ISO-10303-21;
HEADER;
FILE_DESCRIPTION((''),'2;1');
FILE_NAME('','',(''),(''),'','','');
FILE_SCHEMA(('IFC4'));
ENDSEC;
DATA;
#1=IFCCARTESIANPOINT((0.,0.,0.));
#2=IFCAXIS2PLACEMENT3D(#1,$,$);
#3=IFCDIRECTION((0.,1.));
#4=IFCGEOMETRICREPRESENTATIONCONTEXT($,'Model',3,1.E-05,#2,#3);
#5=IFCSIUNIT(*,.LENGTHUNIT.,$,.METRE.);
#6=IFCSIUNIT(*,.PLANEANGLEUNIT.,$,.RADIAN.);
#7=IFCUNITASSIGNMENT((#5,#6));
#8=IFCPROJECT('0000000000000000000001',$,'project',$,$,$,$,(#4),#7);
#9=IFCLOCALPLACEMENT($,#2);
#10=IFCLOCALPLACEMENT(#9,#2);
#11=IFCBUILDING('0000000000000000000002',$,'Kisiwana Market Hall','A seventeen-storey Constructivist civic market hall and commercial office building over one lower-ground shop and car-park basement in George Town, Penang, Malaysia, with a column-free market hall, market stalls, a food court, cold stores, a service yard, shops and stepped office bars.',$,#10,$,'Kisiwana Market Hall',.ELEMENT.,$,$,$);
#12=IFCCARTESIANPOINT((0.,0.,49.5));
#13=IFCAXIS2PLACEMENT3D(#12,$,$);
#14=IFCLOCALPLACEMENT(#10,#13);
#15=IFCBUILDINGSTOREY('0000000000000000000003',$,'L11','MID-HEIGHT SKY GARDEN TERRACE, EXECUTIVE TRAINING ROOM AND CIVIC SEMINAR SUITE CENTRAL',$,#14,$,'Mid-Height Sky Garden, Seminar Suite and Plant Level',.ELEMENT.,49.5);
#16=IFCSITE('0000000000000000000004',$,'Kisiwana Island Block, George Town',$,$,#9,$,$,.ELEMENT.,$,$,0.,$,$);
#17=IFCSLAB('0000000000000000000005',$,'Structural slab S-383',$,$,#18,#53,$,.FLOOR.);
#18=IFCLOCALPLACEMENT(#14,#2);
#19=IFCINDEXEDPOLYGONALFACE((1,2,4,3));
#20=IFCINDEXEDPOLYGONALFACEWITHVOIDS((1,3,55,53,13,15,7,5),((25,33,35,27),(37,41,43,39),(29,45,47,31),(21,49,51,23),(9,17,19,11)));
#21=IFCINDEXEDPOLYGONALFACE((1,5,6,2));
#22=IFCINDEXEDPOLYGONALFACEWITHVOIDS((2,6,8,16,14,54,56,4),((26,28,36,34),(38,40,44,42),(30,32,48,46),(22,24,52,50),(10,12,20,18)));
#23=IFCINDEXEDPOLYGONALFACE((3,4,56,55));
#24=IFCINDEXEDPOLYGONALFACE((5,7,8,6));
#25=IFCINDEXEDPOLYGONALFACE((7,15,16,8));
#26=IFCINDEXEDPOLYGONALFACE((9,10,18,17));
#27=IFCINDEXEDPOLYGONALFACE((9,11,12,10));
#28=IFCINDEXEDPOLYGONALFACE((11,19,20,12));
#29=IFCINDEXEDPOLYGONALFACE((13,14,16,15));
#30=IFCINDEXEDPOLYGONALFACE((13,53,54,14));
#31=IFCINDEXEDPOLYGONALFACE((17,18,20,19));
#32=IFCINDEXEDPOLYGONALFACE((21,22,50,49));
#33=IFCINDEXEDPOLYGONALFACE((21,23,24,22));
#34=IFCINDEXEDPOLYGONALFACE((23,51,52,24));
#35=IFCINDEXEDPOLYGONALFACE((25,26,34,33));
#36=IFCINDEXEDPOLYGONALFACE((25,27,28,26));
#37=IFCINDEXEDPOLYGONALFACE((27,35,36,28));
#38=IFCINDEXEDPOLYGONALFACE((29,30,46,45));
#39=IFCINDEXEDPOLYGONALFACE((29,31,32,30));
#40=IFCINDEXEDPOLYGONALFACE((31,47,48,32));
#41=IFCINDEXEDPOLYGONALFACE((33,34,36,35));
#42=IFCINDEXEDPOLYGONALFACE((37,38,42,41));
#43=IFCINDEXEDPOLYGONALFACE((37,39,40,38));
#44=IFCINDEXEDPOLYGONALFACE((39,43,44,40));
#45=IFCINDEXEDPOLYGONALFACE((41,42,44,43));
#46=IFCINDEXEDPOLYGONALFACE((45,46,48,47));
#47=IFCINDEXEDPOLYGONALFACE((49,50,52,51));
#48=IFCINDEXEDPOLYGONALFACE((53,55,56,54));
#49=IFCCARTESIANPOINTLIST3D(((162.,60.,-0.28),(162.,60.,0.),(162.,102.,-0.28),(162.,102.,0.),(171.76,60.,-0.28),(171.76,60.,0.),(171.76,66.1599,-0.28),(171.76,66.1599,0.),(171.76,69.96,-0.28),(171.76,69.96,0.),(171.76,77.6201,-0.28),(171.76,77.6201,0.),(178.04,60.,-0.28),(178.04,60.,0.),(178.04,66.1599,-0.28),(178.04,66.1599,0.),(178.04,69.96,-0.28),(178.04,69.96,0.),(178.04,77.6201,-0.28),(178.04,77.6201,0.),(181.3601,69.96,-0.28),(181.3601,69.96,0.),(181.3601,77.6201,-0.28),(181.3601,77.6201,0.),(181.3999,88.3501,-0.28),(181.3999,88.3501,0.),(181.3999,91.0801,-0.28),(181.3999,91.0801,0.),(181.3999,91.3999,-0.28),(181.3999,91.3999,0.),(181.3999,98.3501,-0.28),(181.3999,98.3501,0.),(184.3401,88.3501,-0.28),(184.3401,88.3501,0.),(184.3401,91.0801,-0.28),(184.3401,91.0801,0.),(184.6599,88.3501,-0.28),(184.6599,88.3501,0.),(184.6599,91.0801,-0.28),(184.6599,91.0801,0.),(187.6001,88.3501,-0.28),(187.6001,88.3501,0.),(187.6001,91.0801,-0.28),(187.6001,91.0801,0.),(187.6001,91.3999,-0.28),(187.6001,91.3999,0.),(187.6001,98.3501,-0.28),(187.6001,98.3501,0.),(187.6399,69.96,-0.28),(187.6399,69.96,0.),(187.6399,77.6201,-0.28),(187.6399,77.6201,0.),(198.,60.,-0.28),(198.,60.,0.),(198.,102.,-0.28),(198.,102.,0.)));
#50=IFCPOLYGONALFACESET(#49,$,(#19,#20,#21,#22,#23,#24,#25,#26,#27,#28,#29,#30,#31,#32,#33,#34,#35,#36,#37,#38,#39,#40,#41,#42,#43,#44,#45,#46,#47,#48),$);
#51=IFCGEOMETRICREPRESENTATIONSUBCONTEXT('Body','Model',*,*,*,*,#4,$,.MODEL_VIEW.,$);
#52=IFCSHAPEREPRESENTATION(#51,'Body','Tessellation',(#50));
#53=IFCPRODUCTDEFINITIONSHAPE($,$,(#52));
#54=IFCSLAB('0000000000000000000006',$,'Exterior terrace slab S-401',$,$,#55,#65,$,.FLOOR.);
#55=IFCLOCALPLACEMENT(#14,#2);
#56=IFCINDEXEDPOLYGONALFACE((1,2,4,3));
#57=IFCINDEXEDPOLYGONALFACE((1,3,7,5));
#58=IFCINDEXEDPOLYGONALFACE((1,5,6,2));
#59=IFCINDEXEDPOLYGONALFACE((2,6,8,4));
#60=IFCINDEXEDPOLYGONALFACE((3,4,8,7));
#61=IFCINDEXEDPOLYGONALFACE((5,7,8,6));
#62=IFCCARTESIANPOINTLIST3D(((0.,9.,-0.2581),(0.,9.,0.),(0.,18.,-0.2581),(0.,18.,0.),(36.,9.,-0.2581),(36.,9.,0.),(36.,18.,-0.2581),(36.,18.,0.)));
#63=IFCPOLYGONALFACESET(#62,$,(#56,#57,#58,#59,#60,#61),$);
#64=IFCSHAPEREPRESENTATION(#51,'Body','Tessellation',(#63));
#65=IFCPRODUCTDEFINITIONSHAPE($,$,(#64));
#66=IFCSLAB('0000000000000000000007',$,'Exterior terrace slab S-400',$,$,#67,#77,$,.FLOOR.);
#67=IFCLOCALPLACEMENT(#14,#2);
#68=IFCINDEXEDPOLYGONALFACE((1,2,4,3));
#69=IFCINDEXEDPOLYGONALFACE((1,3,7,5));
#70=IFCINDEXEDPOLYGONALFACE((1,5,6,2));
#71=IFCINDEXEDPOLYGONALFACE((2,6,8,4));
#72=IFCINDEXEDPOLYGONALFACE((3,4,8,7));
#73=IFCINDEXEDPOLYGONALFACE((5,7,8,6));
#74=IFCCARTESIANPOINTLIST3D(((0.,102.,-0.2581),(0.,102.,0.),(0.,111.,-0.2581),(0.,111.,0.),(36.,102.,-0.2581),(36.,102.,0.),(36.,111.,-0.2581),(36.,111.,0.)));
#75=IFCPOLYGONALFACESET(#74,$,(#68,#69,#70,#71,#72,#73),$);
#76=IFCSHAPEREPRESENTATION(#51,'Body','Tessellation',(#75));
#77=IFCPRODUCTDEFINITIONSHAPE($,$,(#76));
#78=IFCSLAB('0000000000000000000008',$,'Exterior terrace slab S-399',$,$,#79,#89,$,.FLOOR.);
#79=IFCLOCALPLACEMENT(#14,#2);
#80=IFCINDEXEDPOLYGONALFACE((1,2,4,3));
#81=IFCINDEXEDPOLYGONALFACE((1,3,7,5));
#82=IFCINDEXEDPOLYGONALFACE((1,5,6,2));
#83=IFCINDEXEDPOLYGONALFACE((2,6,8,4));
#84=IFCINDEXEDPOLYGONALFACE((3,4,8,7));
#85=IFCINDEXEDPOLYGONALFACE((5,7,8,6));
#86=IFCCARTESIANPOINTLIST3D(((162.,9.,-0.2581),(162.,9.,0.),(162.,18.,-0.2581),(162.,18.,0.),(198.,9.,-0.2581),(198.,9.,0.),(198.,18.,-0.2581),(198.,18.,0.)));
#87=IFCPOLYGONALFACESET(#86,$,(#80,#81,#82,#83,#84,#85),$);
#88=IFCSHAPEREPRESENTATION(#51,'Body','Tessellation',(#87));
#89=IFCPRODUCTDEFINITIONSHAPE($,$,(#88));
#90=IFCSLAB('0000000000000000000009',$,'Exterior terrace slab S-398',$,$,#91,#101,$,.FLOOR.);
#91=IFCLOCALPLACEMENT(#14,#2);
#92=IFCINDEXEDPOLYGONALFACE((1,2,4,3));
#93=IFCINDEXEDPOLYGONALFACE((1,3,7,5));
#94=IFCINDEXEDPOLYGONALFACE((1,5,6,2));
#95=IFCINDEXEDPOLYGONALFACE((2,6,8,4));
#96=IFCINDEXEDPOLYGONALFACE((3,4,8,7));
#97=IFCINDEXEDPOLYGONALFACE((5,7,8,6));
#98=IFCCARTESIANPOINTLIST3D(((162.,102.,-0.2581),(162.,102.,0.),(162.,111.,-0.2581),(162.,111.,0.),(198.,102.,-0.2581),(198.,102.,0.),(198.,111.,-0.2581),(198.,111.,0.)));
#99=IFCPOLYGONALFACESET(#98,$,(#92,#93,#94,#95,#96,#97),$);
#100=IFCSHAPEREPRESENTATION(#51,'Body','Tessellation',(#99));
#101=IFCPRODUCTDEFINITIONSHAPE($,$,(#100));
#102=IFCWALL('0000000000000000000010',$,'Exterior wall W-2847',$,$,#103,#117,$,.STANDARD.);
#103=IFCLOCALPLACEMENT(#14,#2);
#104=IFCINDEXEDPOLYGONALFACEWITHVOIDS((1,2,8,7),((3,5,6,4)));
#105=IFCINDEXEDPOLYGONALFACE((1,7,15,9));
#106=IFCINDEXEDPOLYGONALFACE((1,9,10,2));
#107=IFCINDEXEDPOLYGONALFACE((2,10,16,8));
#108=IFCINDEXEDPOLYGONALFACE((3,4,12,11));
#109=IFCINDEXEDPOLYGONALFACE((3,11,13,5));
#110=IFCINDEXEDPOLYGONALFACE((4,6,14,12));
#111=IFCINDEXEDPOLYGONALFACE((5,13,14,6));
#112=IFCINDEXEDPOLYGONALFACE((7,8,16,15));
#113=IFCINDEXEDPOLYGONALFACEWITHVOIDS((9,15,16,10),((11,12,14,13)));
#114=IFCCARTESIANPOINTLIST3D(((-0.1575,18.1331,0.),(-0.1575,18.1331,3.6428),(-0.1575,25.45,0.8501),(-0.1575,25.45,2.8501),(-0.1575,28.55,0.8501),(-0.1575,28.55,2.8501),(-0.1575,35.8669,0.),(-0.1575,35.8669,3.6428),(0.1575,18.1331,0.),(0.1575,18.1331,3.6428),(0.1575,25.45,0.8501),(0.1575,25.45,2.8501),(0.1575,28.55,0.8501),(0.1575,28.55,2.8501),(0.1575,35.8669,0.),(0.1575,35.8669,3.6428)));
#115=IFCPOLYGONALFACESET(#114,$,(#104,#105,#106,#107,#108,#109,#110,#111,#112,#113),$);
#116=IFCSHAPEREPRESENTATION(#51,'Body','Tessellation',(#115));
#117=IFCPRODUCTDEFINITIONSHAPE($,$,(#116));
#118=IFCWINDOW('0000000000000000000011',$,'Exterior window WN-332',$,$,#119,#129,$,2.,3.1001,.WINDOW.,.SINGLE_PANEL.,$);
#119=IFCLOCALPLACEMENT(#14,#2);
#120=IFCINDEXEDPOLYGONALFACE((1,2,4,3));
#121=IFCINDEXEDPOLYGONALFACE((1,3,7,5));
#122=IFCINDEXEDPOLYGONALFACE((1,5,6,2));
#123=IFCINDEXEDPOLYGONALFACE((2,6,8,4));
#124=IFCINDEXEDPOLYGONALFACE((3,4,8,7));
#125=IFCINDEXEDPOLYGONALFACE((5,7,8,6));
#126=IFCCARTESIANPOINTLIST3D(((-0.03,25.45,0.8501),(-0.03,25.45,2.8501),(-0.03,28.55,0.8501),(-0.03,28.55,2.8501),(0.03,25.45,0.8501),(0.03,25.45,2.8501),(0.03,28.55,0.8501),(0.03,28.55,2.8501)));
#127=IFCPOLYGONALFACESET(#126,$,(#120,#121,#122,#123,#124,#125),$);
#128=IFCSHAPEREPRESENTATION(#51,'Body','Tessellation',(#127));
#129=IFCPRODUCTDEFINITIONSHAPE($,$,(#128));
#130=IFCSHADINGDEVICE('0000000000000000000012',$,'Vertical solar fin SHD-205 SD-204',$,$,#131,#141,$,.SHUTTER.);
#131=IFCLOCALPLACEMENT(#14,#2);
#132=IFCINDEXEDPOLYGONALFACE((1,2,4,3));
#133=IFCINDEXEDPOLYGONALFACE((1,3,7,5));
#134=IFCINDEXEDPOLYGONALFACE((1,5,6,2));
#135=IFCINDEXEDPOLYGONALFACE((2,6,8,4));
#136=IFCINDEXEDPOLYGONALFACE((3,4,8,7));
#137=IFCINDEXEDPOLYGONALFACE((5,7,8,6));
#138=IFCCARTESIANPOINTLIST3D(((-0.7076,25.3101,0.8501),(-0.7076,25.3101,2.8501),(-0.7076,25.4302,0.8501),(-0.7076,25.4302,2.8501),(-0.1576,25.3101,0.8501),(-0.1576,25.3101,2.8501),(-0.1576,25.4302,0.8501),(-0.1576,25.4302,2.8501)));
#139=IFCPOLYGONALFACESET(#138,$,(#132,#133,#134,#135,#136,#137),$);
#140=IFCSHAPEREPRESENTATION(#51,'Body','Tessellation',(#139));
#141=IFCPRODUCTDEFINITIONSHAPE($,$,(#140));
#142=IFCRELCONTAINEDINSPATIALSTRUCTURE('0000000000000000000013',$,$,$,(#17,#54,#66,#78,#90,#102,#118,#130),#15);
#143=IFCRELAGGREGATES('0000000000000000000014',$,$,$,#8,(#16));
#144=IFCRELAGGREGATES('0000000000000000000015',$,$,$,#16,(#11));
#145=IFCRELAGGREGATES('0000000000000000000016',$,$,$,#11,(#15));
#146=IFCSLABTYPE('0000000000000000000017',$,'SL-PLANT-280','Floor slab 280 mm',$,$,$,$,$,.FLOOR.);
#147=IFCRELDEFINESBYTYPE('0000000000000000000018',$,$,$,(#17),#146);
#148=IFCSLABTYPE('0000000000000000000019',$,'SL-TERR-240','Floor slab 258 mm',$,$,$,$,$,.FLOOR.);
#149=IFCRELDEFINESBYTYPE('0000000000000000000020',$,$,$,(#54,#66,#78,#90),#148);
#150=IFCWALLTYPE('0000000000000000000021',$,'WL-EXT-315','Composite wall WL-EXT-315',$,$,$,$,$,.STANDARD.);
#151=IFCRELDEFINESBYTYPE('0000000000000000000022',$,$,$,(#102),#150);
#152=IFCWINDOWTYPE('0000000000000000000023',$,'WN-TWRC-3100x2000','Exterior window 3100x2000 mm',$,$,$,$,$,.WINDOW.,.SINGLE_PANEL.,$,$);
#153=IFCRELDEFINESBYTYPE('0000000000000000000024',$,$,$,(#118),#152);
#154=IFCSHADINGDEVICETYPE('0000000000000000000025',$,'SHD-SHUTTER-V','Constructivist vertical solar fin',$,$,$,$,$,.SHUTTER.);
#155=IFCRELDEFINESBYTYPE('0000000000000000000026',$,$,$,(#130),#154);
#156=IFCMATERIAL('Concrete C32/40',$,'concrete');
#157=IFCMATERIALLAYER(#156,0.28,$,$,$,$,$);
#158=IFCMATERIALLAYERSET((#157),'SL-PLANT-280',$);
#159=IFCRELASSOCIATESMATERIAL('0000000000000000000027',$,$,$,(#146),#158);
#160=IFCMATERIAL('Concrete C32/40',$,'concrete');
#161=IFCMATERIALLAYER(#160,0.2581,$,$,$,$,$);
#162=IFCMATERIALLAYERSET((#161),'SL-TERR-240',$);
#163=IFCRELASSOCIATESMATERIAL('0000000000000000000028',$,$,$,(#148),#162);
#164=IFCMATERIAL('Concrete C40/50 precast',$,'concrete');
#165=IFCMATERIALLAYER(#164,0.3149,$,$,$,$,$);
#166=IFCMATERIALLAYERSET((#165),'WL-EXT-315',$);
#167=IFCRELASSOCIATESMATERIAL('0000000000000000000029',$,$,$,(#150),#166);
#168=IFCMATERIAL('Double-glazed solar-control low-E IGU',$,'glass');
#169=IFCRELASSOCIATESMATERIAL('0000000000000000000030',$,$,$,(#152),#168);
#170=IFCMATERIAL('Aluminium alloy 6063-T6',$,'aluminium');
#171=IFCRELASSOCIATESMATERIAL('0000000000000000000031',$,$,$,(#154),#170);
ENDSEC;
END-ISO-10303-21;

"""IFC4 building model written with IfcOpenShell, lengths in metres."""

from ifc_helpers import new_model, si_unit, direction, frame, frame_2d, origin, origin_2d, place, context, subcontext, project, spatial, polyline, rectangle, outline, extrude, material, layer, layer_set, type_object, element, fill, save


model = new_model("IFC4")

# Units and contexts
model_context = context("Model", 3, precision=1e-05, world=origin(), true_north=direction((0.0, 1.0)))
body_context = subcontext(model_context, "Body", "Model", "MODEL_VIEW")
ifc_project = project(units=[si_unit("LENGTHUNIT", "METRE"), si_unit("PLANEANGLEUNIT", "RADIAN")], contexts=[model_context])

# Site, building, storey
site_placement = place(None, origin())
site = spatial("IfcSite", under=ifc_project, at=site_placement, Name="Kisiwana Island Block, George Town", CompositionType="ELEMENT", RefElevation=0.0)
building_placement = place(site_placement, origin())
building = spatial("IfcBuilding", under=site, at=building_placement, Name="Kisiwana Market Hall", Description="A seventeen-storey Constructivist civic market hall and commercial office building over one lower-ground shop and car-park basement in George Town, Penang, Malaysia, with a column-free market hall, market stalls, a food court, cold stores, a service yard, shops and stepped office bars.", LongName="Kisiwana Market Hall", CompositionType="ELEMENT")
storey_placement = place(building_placement, frame((0.0, 0.0, 49.5)))
storey = spatial("IfcBuildingStorey", under=building, at=storey_placement, Name="L11", Description="MID-HEIGHT SKY GARDEN TERRACE, EXECUTIVE TRAINING ROOM AND CIVIC SEMINAR SUITE CENTRAL", LongName="Mid-Height Sky Garden, Seminar Suite and Plant Level", CompositionType="ELEMENT", Elevation=49.5)

# Slabs
ifc_material_1 = material(Name="Concrete C32/40", Category="concrete")
ifc_layer_1 = layer(ifc_material_1, 0.28)
ifc_layer_set_1 = layer_set([ifc_layer_1], Name="SL-PLANT-280")
slab_type_1 = type_object("IfcSlabType", Name="SL-PLANT-280", Description="Floor slab 280 mm", PredefinedType="FLOOR", material=ifc_layer_set_1)
slab_1_placement = place(storey_placement, frame((0.0, 0.0, -0.28)))
element("IfcSlab", 1, at=slab_1_placement, inside=storey, type_object=slab_type_1, Name="Structural slab S-383", PredefinedType="FLOOR", context=body_context, shape_type="SweptSolid", body=[
    extrude(outline(polyline([(162.0, 60.0), (171.76, 60.0), (171.76, 66.1599), (178.04, 66.1599), (178.04, 60.0), (198.0, 60.0), (198.0, 102.0), (162.0, 102.0), (162.0, 60.0)]), holes=[polyline([(181.3999, 91.3999), (187.6001, 91.3999), (187.6001, 98.3501), (181.3999, 98.3501), (181.3999, 91.3999)]), polyline([(181.3999, 88.3501), (184.3401, 88.3501), (184.3401, 91.0801), (181.3999, 91.0801), (181.3999, 88.3501)]), polyline([(184.6599, 88.3501), (187.6001, 88.3501), (187.6001, 91.0801), (184.6599, 91.0801), (184.6599, 88.3501)]), polyline([(181.3601, 69.96), (187.6399, 69.96), (187.6399, 77.6201), (181.3601, 77.6201), (181.3601, 69.96)]), polyline([(171.76, 69.96), (178.04, 69.96), (178.04, 77.6201), (171.76, 77.6201), (171.76, 69.96)])]), origin(), (0.0, 0.0, 1.0), 0.28),
])
ifc_material_2 = material(Name="Concrete C32/40", Category="concrete")
ifc_layer_2 = layer(ifc_material_2, 0.2581)
ifc_layer_set_2 = layer_set([ifc_layer_2], Name="SL-TERR-240")
slab_type_2 = type_object("IfcSlabType", Name="SL-TERR-240", Description="Floor slab 258 mm", PredefinedType="FLOOR", material=ifc_layer_set_2)
slab_2_placement = place(storey_placement, frame((0.0, 0.0, -0.2581)))
element("IfcSlab", 2, at=slab_2_placement, inside=storey, type_object=slab_type_2, Name="Exterior terrace slab S-401", PredefinedType="FLOOR", context=body_context, shape_type="SweptSolid", body=[
    extrude(outline(polyline([(0.0, 9.0), (36.0, 9.0), (36.0, 18.0), (0.0, 18.0), (0.0, 9.0)])), origin(), (0.0, 0.0, 1.0), 0.2581),
])
slab_3_placement = place(storey_placement, frame((0.0, 0.0, -0.2581)))
element("IfcSlab", 3, at=slab_3_placement, inside=storey, type_object=slab_type_2, Name="Exterior terrace slab S-400", PredefinedType="FLOOR", context=body_context, shape_type="SweptSolid", body=[
    extrude(outline(polyline([(0.0, 102.0), (36.0, 102.0), (36.0, 111.0), (0.0, 111.0), (0.0, 102.0)])), origin(), (0.0, 0.0, 1.0), 0.2581),
])
slab_4_placement = place(storey_placement, frame((0.0, 0.0, -0.2581)))
element("IfcSlab", 4, at=slab_4_placement, inside=storey, type_object=slab_type_2, Name="Exterior terrace slab S-399", PredefinedType="FLOOR", context=body_context, shape_type="SweptSolid", body=[
    extrude(outline(polyline([(162.0, 9.0), (198.0, 9.0), (198.0, 18.0), (162.0, 18.0), (162.0, 9.0)])), origin(), (0.0, 0.0, 1.0), 0.2581),
])
slab_5_placement = place(storey_placement, frame((0.0, 0.0, -0.2581)))
element("IfcSlab", 5, at=slab_5_placement, inside=storey, type_object=slab_type_2, Name="Exterior terrace slab S-398", PredefinedType="FLOOR", context=body_context, shape_type="SweptSolid", body=[
    extrude(outline(polyline([(162.0, 102.0), (198.0, 102.0), (198.0, 111.0), (162.0, 111.0), (162.0, 102.0)])), origin(), (0.0, 0.0, 1.0), 0.2581),
])

# Wall, opening, window
ifc_material_3 = material(Name="Concrete C40/50 precast", Category="concrete")
ifc_layer_3 = layer(ifc_material_3, 0.3149)
ifc_layer_set_3 = layer_set([ifc_layer_3], Name="WL-EXT-315")
wall_type = type_object("IfcWallType", Name="WL-EXT-315", Description="Composite wall WL-EXT-315", PredefinedType="STANDARD", material=ifc_layer_set_3)
wall_placement = place(storey_placement, frame((0.0, 18.1331, 0.0), z_axis=(0.0, 0.0, 1.0), x_axis=(0.0, 1.0, 0.0)))
wall = element("IfcWall", 6, at=wall_placement, inside=storey, type_object=wall_type, Name="Exterior wall W-2847", PredefinedType="STANDARD", context=body_context, shape_type="SweptSolid", body=[
    extrude(rectangle(XDim=17.7339, YDim=0.3149, at=frame_2d((8.8669, 0.0))), origin(), (0.0, 0.0, 1.0), 3.6428),
])
opening_placement = place(wall_placement, frame((7.3169, 0.0, 0.8501)))
opening = element("IfcOpeningElement", 7, at=opening_placement, cuts=wall, PredefinedType="OPENING", context=body_context, shape_type="SweptSolid", body=[
    extrude(rectangle(XDim=3.1001, YDim=2.0, at=frame_2d((1.55, 1.0))), frame((0.0, 0.1694, 0.0), z_axis=(0.0, -1.0, 0.0), x_axis=(1.0, 0.0, 0.0)), (0.0, 0.0, 1.0), 0.3389),
])
ifc_material_4 = material(Name="Double-glazed solar-control low-E IGU", Category="glass")
window_type = type_object("IfcWindowType", Name="WN-TWRC-3100x2000", Description="Exterior window 3100x2000 mm", PartitioningType="SINGLE_PANEL", PredefinedType="WINDOW", material=ifc_material_4)
window_placement = place(opening_placement, origin())
window = element("IfcWindow", 8, at=window_placement, inside=storey, type_object=window_type, Name="Exterior window WN-332", OverallHeight=2.0, OverallWidth=3.1001, PartitioningType="SINGLE_PANEL", PredefinedType="WINDOW", context=body_context, shape_type="SweptSolid", body=[
    extrude(rectangle(XDim=3.1001, YDim=2.0, at=frame_2d((1.55, 1.0))), frame((0.0, 0.03, 0.0), z_axis=(0.0, -1.0, 0.0), x_axis=(1.0, 0.0, 0.0)), (0.0, 0.0, 1.0), 0.0601),
])
fill(opening, window)

# Shading device
ifc_material_5 = material(Name="Aluminium alloy 6063-T6", Category="aluminium")
shading_device_type = type_object("IfcShadingDeviceType", Name="SHD-SHUTTER-V", Description="Constructivist vertical solar fin", PredefinedType="SHUTTER", material=ifc_material_5)
shading_device_placement = place(storey_placement, frame((-0.4326, 25.3701, 0.8501), z_axis=(0.0, 0.0, 1.0), x_axis=(0.0, 1.0, 0.0)))
element("IfcShadingDevice", 9, at=shading_device_placement, inside=storey, type_object=shading_device_type, Name="Vertical solar fin SHD-205 SD-204", PredefinedType="SHUTTER", context=body_context, shape_type="SweptSolid", body=[
    extrude(rectangle(XDim=0.1201, YDim=0.55, at=origin_2d()), origin(), (0.0, 0.0, 1.0), 2.0),
])

save(model, "model.ifc")
